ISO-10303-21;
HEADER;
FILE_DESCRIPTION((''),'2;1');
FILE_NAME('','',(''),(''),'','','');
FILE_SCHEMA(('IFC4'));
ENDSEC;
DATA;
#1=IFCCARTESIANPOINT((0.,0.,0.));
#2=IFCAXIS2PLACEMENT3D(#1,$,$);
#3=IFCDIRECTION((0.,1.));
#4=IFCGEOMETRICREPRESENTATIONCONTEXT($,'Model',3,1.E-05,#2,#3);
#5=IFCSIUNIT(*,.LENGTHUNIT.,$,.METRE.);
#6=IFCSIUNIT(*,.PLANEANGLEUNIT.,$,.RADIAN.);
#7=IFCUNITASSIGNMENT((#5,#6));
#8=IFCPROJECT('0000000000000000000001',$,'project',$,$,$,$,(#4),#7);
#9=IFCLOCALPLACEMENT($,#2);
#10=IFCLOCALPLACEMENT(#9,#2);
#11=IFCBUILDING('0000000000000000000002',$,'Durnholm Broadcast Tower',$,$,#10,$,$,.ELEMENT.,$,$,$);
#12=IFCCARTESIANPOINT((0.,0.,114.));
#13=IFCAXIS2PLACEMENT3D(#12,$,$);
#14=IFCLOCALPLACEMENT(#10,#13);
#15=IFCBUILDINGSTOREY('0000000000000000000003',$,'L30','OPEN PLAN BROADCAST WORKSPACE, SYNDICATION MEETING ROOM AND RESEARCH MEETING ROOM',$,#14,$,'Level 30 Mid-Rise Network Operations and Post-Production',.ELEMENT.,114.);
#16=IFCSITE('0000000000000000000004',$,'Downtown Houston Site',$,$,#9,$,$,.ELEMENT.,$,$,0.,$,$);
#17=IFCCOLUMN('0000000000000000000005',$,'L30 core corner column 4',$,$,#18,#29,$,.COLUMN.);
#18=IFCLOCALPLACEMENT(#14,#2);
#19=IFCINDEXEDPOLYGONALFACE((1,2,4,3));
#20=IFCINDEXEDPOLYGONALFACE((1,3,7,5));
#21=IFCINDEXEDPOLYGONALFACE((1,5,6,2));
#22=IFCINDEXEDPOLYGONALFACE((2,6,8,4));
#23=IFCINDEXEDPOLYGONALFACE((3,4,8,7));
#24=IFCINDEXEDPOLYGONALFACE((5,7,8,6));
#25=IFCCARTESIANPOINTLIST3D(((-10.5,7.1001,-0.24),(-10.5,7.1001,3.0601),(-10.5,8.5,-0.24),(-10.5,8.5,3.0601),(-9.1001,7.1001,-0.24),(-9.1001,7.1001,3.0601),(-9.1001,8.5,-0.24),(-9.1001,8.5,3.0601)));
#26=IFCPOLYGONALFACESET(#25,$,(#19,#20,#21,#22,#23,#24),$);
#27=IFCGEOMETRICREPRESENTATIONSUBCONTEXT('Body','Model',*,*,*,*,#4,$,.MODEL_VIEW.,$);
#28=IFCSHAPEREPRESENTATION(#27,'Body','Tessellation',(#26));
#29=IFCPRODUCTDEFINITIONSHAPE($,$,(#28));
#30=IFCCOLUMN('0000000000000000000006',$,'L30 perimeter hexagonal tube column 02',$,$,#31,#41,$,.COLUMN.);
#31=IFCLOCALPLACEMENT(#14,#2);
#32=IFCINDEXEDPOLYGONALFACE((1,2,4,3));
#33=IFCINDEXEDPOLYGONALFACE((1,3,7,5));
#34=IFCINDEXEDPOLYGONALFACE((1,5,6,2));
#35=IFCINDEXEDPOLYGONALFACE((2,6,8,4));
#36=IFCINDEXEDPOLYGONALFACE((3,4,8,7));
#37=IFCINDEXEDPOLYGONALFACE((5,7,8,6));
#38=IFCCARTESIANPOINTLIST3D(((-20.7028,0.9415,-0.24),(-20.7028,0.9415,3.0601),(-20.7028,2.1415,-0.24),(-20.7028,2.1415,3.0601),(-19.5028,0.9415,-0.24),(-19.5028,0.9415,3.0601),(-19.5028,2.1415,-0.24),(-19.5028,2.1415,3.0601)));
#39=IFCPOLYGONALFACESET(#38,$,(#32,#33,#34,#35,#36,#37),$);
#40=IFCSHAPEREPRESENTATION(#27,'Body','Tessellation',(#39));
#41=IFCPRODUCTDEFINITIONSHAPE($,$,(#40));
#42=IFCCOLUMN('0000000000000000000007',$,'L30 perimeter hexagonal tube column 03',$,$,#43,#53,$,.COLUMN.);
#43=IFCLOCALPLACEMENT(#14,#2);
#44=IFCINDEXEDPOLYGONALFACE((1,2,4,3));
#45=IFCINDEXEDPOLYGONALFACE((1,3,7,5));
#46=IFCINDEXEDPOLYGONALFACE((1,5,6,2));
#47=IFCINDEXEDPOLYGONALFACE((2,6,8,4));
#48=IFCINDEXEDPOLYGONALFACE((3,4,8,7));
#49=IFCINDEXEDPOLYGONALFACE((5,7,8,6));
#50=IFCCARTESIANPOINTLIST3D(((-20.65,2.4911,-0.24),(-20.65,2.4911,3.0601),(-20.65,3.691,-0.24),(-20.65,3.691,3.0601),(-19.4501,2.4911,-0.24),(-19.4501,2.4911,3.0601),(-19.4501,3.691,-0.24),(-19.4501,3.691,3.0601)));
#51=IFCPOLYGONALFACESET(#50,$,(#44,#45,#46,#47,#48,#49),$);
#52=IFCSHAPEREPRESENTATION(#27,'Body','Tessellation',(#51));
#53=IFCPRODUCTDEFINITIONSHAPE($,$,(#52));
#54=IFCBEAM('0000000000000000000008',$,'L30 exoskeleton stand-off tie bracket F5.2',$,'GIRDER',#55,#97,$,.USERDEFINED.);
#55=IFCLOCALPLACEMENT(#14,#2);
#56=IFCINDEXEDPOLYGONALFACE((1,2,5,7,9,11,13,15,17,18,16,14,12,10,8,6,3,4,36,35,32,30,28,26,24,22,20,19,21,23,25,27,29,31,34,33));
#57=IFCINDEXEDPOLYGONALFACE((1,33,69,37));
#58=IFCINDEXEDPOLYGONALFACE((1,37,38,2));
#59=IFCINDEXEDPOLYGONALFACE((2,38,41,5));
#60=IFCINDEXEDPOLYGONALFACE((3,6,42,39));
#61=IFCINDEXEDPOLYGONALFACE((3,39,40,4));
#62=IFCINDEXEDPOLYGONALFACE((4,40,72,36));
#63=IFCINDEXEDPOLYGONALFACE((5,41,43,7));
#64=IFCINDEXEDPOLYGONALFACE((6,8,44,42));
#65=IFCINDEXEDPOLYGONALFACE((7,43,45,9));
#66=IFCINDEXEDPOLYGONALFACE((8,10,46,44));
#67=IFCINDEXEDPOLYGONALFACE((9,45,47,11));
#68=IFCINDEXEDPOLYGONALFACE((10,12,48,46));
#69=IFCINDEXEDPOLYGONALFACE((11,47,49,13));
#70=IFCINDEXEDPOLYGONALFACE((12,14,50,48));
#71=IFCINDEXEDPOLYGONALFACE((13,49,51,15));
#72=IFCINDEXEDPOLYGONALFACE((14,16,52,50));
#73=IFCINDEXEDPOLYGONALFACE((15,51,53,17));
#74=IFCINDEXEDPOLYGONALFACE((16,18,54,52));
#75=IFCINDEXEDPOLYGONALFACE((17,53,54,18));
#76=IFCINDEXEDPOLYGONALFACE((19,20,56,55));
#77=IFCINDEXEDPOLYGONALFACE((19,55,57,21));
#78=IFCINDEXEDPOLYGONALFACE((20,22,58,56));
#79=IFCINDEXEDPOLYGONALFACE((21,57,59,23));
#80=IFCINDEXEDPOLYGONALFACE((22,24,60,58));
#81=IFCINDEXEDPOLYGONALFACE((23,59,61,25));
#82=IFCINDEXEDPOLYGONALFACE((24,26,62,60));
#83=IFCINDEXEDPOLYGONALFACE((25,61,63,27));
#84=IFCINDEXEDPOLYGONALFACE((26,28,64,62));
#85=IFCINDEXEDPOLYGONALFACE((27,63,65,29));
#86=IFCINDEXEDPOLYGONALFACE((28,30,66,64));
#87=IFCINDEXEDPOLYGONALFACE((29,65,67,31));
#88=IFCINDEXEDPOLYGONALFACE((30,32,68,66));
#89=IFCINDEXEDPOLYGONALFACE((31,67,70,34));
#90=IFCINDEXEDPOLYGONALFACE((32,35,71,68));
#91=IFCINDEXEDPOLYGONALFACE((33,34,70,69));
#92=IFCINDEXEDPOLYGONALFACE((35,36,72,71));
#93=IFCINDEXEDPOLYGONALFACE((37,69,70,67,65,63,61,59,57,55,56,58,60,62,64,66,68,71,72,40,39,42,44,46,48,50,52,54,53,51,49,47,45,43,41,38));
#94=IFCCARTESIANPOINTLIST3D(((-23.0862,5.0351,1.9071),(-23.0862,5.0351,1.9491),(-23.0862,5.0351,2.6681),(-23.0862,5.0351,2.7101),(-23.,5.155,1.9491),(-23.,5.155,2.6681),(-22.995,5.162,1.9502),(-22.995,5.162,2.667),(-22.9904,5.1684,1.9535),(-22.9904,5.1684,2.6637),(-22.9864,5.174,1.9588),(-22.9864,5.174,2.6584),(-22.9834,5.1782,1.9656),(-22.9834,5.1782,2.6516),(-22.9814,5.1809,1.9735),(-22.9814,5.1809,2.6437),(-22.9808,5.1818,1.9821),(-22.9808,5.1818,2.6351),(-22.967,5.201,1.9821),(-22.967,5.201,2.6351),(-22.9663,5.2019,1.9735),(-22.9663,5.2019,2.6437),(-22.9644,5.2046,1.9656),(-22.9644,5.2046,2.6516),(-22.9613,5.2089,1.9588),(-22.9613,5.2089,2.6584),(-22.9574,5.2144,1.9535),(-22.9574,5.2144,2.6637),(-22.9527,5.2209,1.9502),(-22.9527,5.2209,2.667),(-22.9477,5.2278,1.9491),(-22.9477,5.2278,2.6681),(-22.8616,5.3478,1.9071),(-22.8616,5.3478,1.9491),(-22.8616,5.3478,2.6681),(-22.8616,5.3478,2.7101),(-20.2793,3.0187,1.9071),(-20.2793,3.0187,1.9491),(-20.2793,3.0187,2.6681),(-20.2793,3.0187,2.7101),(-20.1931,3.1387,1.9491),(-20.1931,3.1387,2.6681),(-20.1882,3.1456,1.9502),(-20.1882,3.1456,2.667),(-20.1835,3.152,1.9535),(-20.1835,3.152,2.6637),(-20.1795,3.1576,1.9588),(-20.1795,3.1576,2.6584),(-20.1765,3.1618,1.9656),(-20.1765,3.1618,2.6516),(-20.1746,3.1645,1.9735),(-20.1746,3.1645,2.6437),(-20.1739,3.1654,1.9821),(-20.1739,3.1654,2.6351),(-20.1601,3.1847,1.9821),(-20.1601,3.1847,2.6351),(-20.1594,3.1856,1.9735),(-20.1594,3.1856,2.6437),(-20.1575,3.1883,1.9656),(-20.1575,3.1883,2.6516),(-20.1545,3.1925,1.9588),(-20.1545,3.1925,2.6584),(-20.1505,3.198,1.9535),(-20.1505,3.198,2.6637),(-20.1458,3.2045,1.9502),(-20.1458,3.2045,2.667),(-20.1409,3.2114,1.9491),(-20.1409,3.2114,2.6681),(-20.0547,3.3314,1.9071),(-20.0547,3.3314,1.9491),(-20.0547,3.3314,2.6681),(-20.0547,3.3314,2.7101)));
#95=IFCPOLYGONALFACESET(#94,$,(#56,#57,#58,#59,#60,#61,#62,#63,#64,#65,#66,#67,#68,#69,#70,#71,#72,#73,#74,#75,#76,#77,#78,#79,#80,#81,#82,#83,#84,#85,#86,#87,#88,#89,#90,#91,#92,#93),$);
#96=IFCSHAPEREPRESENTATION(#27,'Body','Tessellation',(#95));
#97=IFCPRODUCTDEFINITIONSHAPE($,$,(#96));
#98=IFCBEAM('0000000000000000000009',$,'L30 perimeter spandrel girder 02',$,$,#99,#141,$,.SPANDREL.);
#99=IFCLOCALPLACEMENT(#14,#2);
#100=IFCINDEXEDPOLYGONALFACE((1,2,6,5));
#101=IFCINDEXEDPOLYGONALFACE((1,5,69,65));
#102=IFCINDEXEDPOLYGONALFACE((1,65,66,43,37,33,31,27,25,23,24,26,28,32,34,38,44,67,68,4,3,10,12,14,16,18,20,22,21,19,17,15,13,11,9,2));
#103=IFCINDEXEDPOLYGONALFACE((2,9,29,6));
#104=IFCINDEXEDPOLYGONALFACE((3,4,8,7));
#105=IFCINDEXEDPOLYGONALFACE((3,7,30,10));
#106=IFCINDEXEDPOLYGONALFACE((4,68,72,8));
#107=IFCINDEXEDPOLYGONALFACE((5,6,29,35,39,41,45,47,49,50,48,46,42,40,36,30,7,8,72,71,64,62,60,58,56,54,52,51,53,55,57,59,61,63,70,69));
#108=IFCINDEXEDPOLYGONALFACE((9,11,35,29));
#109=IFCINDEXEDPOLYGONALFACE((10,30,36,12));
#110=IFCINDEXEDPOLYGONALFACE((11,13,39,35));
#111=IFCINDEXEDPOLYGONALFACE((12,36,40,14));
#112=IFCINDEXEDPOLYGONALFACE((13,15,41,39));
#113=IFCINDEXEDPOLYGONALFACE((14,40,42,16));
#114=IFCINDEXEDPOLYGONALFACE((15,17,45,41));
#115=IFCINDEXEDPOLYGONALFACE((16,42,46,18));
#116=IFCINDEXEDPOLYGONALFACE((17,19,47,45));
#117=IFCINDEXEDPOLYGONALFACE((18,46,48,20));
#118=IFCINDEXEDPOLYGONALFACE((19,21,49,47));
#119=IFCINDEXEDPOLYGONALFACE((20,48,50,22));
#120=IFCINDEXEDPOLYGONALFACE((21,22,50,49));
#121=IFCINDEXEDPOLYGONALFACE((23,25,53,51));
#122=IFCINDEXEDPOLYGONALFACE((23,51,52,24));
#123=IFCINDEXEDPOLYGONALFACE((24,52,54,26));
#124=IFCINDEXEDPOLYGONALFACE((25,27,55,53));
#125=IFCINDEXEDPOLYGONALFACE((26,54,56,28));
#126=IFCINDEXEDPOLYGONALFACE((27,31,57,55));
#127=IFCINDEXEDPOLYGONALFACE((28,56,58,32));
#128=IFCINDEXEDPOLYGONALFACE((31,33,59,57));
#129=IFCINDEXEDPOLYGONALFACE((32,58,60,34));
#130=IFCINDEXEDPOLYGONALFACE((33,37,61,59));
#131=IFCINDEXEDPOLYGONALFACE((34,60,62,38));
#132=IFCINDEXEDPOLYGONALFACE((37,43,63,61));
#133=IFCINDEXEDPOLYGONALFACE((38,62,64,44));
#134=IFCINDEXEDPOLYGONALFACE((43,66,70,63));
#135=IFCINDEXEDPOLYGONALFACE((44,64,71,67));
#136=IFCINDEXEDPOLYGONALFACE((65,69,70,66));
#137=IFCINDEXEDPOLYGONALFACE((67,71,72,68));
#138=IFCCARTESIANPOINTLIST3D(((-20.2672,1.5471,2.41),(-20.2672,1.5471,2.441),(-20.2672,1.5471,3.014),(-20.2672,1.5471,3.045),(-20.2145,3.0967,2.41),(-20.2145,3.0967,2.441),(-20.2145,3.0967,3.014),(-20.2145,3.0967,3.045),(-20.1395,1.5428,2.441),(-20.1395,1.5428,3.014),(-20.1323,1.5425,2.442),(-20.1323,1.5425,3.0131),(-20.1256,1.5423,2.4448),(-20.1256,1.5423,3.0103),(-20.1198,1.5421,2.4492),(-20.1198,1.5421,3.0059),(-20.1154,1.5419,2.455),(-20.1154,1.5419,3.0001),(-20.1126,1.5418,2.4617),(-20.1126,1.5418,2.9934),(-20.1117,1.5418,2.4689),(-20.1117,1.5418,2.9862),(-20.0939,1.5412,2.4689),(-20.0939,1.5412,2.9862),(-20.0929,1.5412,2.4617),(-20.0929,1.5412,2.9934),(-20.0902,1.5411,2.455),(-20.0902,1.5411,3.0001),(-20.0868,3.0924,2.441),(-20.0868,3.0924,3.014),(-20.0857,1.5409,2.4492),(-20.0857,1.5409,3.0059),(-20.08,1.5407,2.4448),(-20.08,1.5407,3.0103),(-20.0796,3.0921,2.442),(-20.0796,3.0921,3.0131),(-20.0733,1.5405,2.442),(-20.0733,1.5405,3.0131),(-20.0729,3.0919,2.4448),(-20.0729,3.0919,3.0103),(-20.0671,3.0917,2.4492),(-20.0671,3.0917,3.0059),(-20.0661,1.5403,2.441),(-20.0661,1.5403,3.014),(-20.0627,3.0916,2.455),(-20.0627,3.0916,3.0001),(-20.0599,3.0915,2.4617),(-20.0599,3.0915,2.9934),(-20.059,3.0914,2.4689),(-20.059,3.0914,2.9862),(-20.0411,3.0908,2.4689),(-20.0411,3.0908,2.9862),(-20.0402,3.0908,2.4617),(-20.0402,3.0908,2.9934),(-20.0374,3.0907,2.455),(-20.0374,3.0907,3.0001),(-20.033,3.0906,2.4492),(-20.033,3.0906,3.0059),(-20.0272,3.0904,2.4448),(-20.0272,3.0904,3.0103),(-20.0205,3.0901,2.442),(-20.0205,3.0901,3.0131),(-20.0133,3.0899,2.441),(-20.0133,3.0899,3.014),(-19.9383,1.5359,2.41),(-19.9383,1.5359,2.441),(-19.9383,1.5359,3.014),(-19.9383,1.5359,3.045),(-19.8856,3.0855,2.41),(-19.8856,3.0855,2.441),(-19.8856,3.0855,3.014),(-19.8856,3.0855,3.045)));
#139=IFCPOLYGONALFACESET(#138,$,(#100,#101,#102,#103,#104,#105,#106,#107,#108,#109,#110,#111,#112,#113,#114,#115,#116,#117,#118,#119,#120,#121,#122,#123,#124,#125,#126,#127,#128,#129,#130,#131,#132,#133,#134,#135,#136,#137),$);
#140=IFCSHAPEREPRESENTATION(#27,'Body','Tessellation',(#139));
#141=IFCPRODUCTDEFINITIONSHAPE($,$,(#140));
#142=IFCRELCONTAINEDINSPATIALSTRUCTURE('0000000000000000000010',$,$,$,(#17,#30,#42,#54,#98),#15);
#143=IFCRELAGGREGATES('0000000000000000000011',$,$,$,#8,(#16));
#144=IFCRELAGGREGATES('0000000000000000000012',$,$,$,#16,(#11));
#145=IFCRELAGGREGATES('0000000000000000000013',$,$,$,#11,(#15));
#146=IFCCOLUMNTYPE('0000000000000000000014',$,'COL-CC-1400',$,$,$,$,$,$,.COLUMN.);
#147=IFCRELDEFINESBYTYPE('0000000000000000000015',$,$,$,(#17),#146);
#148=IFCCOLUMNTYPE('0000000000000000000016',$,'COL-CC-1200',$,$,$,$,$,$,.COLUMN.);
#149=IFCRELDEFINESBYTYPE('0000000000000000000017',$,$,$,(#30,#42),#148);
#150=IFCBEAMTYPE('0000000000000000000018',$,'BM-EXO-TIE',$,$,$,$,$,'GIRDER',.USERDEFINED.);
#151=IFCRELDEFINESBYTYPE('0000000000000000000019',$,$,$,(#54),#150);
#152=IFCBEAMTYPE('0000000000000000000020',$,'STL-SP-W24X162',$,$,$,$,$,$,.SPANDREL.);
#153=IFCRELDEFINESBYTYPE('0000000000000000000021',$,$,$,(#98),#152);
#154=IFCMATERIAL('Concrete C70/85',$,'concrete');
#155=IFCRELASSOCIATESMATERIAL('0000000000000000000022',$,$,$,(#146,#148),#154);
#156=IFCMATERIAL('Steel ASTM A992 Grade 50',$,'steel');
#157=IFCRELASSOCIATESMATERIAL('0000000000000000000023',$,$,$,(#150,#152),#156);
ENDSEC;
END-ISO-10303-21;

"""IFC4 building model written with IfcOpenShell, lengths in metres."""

from ifc_helpers import new_model, si_unit, direction, frame, origin, origin_2d, place, context, subcontext, project, spatial, rectangle, i_section, extrude, source, transform, mapped, material, material_profile, profile_set, type_object, type_shapes, element, save


model = new_model("IFC4")

# Units and contexts
model_context = context("Model", 3, precision=1e-05, world=origin(), true_north=direction((0.0, 1.0)))
body_context = subcontext(model_context, "Body", "Model", "MODEL_VIEW")
ifc_project = project(units=[si_unit("LENGTHUNIT", "METRE"), si_unit("PLANEANGLEUNIT", "RADIAN")], contexts=[model_context])

# Site, building, storey
site_placement = place(None, origin())
site = spatial("IfcSite", under=ifc_project, at=site_placement, Name="Downtown Houston Site", CompositionType="ELEMENT", RefElevation=0.0)
building_placement = place(site_placement, origin())
building = spatial("IfcBuilding", under=site, at=building_placement, Name="Durnholm Broadcast Tower", CompositionType="ELEMENT")
storey_placement = place(building_placement, frame((0.0, 0.0, 114.0)))
storey = spatial("IfcBuildingStorey", under=building, at=storey_placement, Name="L30", Description="OPEN PLAN BROADCAST WORKSPACE, SYNDICATION MEETING ROOM AND RESEARCH MEETING ROOM", LongName="Level 30 Mid-Rise Network Operations and Post-Production", CompositionType="ELEMENT", Elevation=114.0)

# Columns
ifc_material_1 = material(Name="Concrete C70/85", Category="concrete")
ifc_material_profile_1 = material_profile(ifc_material_1, rectangle(XDim=1.3999, YDim=1.3999, at=origin_2d()), Name="RC1400X1400")
ifc_profile_set_1 = profile_set([ifc_material_profile_1], Name="Concrete C70/85")
column_type_1 = type_object("IfcColumnType", Name="COL-CC-1400", PredefinedType="COLUMN", material=ifc_profile_set_1)
shared_shape_1 = source(origin(), body_context, "Body", "SweptSolid", [
    extrude(rectangle(XDim=1.3999, YDim=1.3999, at=origin_2d()), origin(), (0.0, 0.0, 1.0), 3.3),
])
type_shapes(column_type_1, [shared_shape_1])
column_placement = place(storey_placement, frame((-9.8, 7.8, -0.24), z_axis=(0.0, 0.0, 1.0), x_axis=(1.0, 0.0, 0.0)))
element("IfcColumn", 1, at=column_placement, inside=storey, type_object=column_type_1, Name="L30 core corner column 4", PredefinedType="COLUMN", context=body_context, shape_type="MappedRepresentation", body=[
    mapped(shared_shape_1, transform((0.0, 0.0, 0.0), x_axis=(1.0, 0.0, 0.0), y_axis=(0.0, 1.0, 0.0), z_axis=(0.0, 0.0, 1.0), scale=1.0)),
])
ifc_material_profile_2 = material_profile(ifc_material_1, rectangle(XDim=1.2, YDim=1.2, at=origin_2d()), Name="RC1200X1200")
ifc_profile_set_2 = profile_set([ifc_material_profile_2], Name="Concrete C70/85")
column_type_2 = type_object("IfcColumnType", Name="COL-CC-1200", PredefinedType="COLUMN", material=ifc_profile_set_2)
shared_shape_2 = source(origin(), body_context, "Body", "SweptSolid", [
    extrude(rectangle(XDim=1.2, YDim=1.2, at=origin_2d()), origin(), (0.0, 0.0, 1.0), 3.3),
])
type_shapes(column_type_2, [shared_shape_2])
for number, where, z_axis, x_axis, name in (
    (2, (-20.1028, 1.5415, -0.24), (0.0, 0.0, 1.0), (1.0, 0.0, 0.0), "L30 perimeter hexagonal tube column 02"),
    (3, (-20.05, 3.0911, -0.24), (0.0, 0.0, 1.0), (1.0, 0.0, 0.0), "L30 perimeter hexagonal tube column 03"),
):
    element("IfcColumn", number, at=place(storey_placement, frame(where, z_axis=z_axis, x_axis=x_axis)), inside=storey, type_object=column_type_2, Name=name, PredefinedType="COLUMN", context=body_context, shape_type="MappedRepresentation", body=[
        mapped(shared_shape_2, transform((0.0, 0.0, 0.0), x_axis=(1.0, 0.0, 0.0), y_axis=(0.0, 1.0, 0.0), z_axis=(0.0, 0.0, 1.0), scale=1.0)),
    ])

# Beams
ifc_material_2 = material(Name="Steel ASTM A992 Grade 50", Category="steel")
ifc_material_profile_3 = material_profile(ifc_material_2, i_section(OverallWidth=0.385, OverallDepth=0.803, WebThickness=0.0237, FlangeThickness=0.042, FilletRadius=0.033, at=origin_2d()), Name="W30X261")
ifc_profile_set_3 = profile_set([ifc_material_profile_3], Name="Steel ASTM A992 Grade 50")
beam_type_1 = type_object("IfcBeamType", Name="BM-EXO-TIE", ElementType="GIRDER", PredefinedType="USERDEFINED", material=ifc_profile_set_3)
shared_shape_3 = source(origin(), body_context, "Body", "SweptSolid", [
    extrude(i_section(OverallWidth=0.385, OverallDepth=0.803, WebThickness=0.0237, FlangeThickness=0.042, FilletRadius=0.033, at=origin_2d()), origin(), (0.0, 0.0, 1.0), 3.4561),
])
type_shapes(beam_type_1, [shared_shape_3])
beam_1_placement = place(storey_placement, frame((-20.167, 3.175, 2.3086), z_axis=(-0.812165, 0.583428, 0.0), x_axis=(-0.583428, -0.812165, 0.0)))
element("IfcBeam", 4, at=beam_1_placement, inside=storey, type_object=beam_type_1, Name="L30 exoskeleton stand-off tie bracket F5.2", ObjectType="GIRDER", PredefinedType="USERDEFINED", context=body_context, shape_type="MappedRepresentation", body=[
    mapped(shared_shape_3, transform((0.0, 0.0, 0.0), x_axis=(1.0, 0.0, 0.0), y_axis=(0.0, 1.0, 0.0), z_axis=(0.0, 0.0, 1.0), scale=1.0)),
])
ifc_material_profile_4 = material_profile(ifc_material_2, i_section(OverallWidth=0.3291, OverallDepth=0.635, WebThickness=0.0178, FlangeThickness=0.031, FilletRadius=0.0278, at=origin_2d()), Name="W24X162")
ifc_profile_set_4 = profile_set([ifc_material_profile_4], Name="Steel ASTM A992 Grade 50")
beam_type_2 = type_object("IfcBeamType", Name="STL-SP-W24X162", PredefinedType="SPANDREL", material=ifc_profile_set_4)
shared_shape_4 = source(origin(), body_context, "Body", "SweptSolid", [
    extrude(i_section(OverallWidth=0.3291, OverallDepth=0.635, WebThickness=0.0178, FlangeThickness=0.031, FilletRadius=0.0278, at=origin_2d()), origin(), (0.0, 0.0, 1.0), 1.5505),
])
beam_2_placement = place(storey_placement, frame((-20.1028, 1.5415, 2.7275), z_axis=(0.034012, 0.999421, 0.0), x_axis=(-0.999421, 0.034012, 0.0)))
element("IfcBeam", 5, at=beam_2_placement, inside=storey, type_object=beam_type_2, Name="L30 perimeter spandrel girder 02", PredefinedType="SPANDREL", context=body_context, shape_type="MappedRepresentation", body=[
    mapped(shared_shape_4, transform((0.0, 0.0, 0.0), x_axis=(1.0, 0.0, 0.0), y_axis=(0.0, 1.0, 0.0), z_axis=(0.0, 0.0, 1.0), scale=1.0)),
])

save(model, "model.ifc")
